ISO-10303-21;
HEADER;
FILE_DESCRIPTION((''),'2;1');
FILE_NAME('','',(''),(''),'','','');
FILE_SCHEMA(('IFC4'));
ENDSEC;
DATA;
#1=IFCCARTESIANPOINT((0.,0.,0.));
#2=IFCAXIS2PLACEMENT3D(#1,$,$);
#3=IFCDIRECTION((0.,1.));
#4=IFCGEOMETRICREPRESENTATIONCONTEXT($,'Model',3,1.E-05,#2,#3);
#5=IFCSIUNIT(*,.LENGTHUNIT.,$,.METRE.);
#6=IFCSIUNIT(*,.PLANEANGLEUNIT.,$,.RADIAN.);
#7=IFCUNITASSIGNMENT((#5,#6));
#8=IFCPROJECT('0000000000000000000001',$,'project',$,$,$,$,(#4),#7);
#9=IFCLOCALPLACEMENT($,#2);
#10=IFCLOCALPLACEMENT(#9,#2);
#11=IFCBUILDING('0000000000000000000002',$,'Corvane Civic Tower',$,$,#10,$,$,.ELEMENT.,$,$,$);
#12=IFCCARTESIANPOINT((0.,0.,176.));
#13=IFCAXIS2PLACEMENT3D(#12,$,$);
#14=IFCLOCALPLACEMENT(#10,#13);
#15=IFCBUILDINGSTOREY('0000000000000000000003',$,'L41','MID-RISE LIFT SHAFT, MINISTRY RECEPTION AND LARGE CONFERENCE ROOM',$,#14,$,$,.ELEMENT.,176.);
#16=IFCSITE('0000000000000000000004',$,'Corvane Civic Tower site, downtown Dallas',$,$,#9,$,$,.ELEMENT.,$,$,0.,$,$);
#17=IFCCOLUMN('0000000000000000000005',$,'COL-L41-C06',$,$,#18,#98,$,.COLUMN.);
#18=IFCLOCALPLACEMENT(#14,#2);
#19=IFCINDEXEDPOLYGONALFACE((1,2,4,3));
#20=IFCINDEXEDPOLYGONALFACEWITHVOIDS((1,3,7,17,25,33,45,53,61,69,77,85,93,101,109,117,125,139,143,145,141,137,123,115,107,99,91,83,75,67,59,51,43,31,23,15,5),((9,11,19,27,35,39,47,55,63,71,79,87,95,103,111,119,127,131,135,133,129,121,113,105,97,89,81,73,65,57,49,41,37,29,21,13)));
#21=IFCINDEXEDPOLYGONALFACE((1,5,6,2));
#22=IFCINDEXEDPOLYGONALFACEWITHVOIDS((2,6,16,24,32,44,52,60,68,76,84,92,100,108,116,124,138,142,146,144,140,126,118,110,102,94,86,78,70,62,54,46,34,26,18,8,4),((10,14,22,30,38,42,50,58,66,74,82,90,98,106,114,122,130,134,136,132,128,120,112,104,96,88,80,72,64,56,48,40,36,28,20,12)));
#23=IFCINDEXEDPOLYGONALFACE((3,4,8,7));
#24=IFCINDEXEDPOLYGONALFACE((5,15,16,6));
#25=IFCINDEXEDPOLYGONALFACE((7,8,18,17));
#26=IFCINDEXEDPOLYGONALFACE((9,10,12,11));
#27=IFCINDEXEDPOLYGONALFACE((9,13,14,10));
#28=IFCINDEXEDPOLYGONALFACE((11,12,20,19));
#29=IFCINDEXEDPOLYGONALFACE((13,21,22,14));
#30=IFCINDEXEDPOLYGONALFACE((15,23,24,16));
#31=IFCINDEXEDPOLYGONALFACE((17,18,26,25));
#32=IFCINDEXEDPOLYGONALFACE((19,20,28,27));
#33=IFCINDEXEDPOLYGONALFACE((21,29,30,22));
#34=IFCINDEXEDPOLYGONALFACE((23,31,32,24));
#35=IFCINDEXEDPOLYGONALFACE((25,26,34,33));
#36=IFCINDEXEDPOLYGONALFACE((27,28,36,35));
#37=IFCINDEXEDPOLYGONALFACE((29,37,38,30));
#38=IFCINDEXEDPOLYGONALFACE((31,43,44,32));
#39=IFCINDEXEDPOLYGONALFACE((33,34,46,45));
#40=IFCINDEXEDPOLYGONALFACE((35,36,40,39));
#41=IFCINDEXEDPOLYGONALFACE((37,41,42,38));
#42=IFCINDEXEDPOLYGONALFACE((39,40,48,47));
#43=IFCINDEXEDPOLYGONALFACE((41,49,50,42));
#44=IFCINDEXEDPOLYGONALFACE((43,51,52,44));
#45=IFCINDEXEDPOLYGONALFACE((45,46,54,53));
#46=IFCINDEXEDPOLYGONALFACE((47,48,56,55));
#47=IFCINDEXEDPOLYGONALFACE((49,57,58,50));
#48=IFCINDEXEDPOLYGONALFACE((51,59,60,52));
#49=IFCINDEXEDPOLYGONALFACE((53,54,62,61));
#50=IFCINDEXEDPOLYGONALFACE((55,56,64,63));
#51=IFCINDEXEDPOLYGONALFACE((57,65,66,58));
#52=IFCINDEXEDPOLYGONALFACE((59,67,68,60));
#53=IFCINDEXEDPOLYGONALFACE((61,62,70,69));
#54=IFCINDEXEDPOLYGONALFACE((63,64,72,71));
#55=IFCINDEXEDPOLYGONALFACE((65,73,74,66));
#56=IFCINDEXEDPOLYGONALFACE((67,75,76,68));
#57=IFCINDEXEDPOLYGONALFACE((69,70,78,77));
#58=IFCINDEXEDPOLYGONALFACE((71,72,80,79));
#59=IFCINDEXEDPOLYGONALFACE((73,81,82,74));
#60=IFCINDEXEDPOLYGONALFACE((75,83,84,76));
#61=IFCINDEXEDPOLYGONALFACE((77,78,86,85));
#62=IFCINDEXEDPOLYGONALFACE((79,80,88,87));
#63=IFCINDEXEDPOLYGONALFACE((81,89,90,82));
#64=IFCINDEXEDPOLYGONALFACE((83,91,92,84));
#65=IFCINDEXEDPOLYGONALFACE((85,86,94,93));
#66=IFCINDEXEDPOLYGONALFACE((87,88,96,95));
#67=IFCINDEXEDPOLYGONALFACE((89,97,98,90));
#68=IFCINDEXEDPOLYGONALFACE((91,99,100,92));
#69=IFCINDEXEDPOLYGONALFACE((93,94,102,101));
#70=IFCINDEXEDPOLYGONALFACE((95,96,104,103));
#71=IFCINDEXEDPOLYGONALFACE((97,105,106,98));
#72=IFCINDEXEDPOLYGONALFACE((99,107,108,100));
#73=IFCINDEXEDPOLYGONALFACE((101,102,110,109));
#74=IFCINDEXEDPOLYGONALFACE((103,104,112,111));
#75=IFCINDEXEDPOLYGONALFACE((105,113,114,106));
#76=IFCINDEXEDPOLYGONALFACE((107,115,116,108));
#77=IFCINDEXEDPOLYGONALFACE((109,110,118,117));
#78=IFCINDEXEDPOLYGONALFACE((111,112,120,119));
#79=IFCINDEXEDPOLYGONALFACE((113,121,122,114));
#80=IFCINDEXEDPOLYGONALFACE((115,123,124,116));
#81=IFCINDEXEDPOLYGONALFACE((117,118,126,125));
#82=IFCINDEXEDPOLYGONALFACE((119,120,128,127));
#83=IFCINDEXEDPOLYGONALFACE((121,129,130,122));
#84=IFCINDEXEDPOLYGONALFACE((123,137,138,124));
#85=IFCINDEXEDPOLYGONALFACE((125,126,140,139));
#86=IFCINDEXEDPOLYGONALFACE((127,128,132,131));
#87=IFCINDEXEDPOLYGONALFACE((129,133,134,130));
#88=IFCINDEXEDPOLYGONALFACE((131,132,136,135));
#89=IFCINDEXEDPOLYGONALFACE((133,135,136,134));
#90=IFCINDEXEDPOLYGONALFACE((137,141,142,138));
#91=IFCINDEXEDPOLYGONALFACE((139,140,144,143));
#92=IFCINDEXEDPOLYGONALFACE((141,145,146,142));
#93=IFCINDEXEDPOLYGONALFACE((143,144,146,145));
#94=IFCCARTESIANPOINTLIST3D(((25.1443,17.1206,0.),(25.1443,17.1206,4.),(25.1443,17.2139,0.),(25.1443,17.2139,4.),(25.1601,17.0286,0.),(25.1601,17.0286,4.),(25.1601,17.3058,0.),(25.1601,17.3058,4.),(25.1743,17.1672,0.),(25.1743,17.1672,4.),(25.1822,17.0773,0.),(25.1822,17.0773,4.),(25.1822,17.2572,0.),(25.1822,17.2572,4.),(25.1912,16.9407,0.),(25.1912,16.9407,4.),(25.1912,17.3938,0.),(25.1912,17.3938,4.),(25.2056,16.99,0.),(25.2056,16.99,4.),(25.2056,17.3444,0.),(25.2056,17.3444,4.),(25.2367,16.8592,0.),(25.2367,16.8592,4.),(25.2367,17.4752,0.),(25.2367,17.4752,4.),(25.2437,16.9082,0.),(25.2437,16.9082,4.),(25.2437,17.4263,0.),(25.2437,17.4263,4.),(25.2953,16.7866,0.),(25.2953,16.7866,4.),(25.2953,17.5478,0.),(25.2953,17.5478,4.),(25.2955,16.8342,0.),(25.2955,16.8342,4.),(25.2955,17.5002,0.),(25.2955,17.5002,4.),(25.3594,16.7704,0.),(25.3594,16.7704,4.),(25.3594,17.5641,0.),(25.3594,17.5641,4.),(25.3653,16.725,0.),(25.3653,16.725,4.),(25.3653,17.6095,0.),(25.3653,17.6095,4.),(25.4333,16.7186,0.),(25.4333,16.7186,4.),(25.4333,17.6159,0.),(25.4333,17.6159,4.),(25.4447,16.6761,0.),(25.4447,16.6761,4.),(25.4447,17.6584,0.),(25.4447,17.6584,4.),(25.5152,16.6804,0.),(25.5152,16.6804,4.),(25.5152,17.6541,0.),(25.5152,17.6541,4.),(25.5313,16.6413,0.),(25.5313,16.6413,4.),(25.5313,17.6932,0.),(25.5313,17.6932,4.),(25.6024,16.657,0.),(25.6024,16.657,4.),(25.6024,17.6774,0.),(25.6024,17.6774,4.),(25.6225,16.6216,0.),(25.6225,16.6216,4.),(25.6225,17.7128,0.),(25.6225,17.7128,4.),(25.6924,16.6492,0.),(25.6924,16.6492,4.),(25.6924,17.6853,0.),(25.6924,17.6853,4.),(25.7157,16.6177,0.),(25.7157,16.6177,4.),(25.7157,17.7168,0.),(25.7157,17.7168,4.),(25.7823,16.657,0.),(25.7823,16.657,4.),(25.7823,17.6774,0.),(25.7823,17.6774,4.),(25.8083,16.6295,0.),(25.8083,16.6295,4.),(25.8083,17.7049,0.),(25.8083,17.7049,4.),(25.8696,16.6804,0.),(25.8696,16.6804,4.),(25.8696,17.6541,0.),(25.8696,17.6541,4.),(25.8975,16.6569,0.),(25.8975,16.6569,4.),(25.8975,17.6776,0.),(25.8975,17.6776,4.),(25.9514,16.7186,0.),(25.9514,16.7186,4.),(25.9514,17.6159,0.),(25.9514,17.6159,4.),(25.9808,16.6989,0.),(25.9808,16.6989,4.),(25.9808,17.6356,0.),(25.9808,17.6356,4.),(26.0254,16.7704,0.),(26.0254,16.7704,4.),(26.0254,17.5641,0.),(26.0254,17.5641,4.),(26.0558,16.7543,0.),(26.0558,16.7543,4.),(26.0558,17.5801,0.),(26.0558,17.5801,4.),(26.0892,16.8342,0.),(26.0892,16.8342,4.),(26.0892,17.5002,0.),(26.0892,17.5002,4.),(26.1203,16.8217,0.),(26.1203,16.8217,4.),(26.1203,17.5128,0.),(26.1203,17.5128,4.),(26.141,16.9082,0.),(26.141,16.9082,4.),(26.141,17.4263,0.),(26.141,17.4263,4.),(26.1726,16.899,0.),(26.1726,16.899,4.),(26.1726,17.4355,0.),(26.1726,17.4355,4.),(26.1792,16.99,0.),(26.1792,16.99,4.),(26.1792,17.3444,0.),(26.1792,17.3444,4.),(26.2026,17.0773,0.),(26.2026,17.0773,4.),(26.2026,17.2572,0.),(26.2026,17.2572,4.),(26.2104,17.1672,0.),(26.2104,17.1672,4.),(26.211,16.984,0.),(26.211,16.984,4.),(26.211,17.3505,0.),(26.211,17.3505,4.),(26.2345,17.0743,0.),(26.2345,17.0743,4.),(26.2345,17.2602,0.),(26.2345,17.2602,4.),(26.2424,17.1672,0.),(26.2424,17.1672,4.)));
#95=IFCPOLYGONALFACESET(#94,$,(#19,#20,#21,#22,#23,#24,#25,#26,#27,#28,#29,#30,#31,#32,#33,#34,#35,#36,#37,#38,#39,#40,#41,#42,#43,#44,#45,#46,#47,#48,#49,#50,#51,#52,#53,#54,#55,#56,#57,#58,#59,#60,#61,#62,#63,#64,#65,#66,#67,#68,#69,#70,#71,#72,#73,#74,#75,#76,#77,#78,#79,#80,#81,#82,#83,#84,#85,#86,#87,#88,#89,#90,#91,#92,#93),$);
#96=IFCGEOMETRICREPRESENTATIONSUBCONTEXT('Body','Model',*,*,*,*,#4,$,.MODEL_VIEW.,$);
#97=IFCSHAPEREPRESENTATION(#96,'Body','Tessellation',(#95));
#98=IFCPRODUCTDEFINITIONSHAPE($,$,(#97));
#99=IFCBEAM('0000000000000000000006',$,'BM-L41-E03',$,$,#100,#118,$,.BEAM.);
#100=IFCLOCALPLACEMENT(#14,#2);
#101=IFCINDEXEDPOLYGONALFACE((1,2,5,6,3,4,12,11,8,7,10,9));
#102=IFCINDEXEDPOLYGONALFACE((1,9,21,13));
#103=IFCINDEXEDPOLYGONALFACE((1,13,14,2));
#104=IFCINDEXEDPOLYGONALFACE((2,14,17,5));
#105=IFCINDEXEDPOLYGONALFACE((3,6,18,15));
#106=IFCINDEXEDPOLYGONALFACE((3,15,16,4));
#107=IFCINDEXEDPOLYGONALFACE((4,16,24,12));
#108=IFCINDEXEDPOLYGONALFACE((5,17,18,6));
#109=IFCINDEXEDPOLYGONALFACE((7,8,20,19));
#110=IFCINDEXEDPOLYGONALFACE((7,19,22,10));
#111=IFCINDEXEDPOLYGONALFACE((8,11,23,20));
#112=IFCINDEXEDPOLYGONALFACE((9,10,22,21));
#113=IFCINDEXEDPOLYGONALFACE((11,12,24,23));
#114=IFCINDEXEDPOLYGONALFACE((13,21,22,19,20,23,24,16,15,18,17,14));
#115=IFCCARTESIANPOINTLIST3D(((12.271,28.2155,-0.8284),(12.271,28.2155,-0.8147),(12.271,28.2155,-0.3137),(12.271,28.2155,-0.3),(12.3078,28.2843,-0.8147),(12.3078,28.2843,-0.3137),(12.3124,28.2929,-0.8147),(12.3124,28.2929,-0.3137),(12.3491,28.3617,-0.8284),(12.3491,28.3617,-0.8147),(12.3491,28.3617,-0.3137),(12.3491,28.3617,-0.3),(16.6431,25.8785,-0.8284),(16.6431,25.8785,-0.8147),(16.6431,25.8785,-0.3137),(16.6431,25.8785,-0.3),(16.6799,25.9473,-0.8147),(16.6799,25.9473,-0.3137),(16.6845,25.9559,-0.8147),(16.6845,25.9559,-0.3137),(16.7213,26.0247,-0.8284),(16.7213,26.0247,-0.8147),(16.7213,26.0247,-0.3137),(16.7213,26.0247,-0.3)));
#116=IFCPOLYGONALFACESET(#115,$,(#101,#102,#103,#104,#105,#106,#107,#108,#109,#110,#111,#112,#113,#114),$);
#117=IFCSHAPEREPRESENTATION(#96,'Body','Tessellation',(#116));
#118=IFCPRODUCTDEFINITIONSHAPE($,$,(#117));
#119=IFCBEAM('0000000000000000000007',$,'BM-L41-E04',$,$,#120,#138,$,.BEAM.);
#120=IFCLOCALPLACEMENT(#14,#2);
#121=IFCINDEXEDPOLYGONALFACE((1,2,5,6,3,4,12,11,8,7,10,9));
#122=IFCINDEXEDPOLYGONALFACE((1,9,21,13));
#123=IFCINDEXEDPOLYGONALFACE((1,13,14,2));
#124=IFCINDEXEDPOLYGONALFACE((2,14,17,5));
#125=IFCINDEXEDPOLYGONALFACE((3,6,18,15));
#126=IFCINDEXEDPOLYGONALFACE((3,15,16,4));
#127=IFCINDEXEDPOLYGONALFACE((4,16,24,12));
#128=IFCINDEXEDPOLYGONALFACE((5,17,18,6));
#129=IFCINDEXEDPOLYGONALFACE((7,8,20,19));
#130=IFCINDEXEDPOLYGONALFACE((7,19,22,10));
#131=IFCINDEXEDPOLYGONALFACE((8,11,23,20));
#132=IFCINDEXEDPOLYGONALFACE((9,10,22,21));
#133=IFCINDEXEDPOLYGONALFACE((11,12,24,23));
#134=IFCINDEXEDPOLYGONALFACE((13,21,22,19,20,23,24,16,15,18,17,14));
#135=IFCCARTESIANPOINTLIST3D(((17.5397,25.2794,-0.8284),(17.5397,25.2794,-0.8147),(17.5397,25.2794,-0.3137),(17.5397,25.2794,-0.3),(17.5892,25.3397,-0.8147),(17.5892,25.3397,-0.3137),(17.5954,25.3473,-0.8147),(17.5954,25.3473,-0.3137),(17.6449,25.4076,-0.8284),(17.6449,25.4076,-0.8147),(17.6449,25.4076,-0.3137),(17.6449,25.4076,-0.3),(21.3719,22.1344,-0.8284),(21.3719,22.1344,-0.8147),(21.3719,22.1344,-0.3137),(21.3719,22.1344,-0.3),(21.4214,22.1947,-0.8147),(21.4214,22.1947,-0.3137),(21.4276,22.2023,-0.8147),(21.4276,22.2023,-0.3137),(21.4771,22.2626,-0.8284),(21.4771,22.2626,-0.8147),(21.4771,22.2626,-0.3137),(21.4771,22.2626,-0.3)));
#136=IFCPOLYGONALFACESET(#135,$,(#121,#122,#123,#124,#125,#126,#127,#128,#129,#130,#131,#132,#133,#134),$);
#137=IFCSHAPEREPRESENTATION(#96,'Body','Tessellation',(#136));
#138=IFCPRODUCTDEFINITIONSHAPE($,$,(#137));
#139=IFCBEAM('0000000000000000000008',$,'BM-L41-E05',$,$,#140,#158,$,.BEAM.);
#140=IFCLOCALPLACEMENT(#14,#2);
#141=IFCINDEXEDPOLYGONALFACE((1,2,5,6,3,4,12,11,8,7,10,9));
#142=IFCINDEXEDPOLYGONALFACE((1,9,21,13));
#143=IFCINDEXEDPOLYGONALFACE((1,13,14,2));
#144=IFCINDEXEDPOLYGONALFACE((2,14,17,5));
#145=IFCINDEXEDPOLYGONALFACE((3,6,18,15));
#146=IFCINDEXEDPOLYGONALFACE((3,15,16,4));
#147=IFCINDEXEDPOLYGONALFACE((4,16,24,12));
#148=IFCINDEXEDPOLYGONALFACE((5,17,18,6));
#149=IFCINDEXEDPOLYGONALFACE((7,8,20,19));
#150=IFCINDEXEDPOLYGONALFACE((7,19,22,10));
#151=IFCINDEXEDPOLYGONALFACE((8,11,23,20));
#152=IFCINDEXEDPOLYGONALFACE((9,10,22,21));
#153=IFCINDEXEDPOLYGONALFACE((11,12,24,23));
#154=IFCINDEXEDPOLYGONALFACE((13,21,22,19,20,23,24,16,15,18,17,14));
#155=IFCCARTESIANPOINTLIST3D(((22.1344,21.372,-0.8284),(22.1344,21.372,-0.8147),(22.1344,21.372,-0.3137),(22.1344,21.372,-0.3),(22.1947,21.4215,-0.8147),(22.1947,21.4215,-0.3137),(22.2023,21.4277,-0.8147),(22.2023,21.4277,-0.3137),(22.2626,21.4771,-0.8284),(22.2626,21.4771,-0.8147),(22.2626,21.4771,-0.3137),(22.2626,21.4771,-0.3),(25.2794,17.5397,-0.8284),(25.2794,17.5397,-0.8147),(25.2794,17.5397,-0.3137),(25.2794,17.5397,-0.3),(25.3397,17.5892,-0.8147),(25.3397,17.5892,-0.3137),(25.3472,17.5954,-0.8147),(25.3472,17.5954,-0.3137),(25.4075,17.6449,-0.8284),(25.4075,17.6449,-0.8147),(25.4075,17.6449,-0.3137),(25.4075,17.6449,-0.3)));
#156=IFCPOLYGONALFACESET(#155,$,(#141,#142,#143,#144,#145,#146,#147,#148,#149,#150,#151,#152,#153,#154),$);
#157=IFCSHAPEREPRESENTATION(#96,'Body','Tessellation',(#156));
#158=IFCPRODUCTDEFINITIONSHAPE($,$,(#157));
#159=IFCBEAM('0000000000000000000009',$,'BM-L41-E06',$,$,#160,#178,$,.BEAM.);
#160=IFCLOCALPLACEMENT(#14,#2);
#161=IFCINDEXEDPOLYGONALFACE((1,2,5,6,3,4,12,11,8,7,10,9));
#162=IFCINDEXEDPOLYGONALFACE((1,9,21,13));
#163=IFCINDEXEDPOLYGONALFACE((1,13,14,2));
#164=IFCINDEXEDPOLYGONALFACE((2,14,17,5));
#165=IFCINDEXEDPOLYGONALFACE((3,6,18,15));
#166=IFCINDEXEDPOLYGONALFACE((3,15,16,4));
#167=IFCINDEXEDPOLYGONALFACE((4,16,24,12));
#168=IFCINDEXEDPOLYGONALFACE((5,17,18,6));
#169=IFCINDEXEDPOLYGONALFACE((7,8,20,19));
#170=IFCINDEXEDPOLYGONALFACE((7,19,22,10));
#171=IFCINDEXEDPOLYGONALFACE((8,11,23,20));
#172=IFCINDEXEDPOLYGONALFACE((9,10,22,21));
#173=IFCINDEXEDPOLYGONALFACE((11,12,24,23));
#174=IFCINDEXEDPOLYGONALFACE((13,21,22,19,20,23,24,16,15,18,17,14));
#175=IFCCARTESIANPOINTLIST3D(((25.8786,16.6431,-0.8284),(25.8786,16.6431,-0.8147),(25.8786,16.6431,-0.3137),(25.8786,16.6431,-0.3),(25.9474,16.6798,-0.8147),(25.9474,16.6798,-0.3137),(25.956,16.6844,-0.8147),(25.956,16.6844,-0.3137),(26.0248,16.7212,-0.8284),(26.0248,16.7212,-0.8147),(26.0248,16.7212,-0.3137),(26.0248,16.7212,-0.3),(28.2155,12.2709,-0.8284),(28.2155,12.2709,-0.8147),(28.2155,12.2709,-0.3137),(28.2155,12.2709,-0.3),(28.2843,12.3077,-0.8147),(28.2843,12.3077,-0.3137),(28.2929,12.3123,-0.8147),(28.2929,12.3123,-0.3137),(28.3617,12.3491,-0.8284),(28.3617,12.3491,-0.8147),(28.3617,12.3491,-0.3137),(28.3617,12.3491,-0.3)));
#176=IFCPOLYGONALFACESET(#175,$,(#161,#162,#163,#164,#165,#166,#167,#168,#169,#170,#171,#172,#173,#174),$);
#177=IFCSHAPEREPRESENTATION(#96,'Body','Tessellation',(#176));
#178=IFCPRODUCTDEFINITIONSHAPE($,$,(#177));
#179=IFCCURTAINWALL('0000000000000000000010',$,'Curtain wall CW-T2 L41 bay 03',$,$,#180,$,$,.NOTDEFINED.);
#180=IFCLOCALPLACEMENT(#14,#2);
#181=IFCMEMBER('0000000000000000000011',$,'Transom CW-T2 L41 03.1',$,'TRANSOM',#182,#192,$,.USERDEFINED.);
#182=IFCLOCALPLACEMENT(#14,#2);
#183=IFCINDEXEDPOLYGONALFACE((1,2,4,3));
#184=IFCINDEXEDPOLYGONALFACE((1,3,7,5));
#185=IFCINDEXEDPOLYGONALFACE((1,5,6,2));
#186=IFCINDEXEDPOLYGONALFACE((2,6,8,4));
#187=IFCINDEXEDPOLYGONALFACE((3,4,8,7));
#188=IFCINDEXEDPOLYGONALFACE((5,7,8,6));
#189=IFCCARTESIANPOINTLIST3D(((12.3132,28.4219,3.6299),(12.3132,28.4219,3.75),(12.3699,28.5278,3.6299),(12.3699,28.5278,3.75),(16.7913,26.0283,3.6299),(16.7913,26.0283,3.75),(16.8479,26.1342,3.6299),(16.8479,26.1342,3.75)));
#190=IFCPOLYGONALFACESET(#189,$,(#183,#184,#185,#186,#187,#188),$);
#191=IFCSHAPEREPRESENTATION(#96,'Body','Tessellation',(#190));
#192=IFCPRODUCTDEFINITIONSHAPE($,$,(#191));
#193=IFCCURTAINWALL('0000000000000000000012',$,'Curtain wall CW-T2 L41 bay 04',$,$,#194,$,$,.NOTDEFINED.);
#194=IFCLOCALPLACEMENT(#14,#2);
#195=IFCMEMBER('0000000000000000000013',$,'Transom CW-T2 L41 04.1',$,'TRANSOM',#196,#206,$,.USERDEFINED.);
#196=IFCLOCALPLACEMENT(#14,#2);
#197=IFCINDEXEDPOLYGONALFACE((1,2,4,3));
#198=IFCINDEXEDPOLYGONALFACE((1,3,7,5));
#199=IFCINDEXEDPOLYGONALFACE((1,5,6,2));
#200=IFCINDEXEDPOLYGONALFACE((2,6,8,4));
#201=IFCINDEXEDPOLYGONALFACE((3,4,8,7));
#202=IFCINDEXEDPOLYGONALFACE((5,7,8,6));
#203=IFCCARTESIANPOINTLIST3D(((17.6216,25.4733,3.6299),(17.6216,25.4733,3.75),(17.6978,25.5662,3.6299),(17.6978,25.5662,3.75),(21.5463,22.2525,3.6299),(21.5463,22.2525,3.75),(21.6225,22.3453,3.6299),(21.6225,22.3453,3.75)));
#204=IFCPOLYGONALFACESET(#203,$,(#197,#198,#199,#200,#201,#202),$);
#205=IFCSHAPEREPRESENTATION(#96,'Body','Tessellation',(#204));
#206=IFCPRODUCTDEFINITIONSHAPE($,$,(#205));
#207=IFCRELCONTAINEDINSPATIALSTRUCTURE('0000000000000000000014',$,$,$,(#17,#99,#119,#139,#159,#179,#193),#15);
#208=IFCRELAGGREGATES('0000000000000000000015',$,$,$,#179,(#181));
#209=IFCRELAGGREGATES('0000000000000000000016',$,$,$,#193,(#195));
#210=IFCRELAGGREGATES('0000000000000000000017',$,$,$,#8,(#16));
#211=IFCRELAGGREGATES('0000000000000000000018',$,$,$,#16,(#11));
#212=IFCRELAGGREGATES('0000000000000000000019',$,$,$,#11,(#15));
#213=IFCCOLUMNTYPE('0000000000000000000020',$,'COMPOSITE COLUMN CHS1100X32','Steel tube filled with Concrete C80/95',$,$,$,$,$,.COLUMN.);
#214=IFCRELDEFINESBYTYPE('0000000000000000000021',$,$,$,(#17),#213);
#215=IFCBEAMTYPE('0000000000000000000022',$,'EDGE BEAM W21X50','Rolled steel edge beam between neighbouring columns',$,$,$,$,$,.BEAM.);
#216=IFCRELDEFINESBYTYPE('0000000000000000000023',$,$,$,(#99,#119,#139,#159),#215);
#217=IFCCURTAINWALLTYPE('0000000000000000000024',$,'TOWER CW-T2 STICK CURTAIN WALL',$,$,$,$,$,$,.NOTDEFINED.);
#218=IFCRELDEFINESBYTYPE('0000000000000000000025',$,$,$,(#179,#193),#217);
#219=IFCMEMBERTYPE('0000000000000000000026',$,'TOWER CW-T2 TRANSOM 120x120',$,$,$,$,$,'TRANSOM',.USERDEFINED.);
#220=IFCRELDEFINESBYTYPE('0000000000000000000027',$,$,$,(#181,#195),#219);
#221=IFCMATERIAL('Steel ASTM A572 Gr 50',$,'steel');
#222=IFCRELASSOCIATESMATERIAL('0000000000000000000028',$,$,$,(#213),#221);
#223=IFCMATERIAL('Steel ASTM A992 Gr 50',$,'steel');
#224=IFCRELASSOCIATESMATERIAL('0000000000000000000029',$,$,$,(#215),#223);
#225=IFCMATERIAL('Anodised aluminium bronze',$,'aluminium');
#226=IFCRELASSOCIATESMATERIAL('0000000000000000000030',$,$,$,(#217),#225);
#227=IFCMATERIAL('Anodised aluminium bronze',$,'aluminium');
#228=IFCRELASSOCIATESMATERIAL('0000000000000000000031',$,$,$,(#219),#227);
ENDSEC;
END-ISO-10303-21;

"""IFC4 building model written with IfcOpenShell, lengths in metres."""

from ifc_helpers import new_model, si_unit, direction, frame, origin, origin_2d, place, context, subcontext, project, spatial, rectangle, hollow_circle, i_section, extrude, material, material_profile, profile_set, type_object, element, aggregate, save


model = new_model("IFC4")

# Units and contexts
model_context = context("Model", 3, precision=1e-05, world=origin(), true_north=direction((0.0, 1.0)))
body_context = subcontext(model_context, "Body", "Model", "MODEL_VIEW")
ifc_project = project(units=[si_unit("LENGTHUNIT", "METRE"), si_unit("PLANEANGLEUNIT", "RADIAN")], contexts=[model_context])

# Site, building, storey
site_placement = place(None, origin())
site = spatial("IfcSite", under=ifc_project, at=site_placement, Name="Corvane Civic Tower site, downtown Dallas", CompositionType="ELEMENT", RefElevation=0.0)
building_placement = place(site_placement, origin())
building = spatial("IfcBuilding", under=site, at=building_placement, Name="Corvane Civic Tower", CompositionType="ELEMENT")
storey_placement = place(building_placement, frame((0.0, 0.0, 176.0)))
storey = spatial("IfcBuildingStorey", under=building, at=storey_placement, Name="L41", Description="MID-RISE LIFT SHAFT, MINISTRY RECEPTION AND LARGE CONFERENCE ROOM", CompositionType="ELEMENT", Elevation=176.0)

# Column
ifc_material_1 = material(Name="Steel ASTM A572 Gr 50", Category="steel")
ifc_material_profile_1 = material_profile(ifc_material_1, hollow_circle(Radius=0.55, WallThickness=0.032, at=origin_2d()), Name="CHS1100X32")
ifc_profile_set_1 = profile_set([ifc_material_profile_1], Name="Steel ASTM A572 Gr 50")
column_type = type_object("IfcColumnType", Name="COMPOSITE COLUMN CHS1100X32", Description="Steel tube filled with Concrete C80/95", PredefinedType="COLUMN", material=ifc_profile_set_1)
for number, where, z_axis, x_axis, name in (
    (1, (25.6924, 17.1672, 0.0), (0.0, 0.0, 1.0), (1.0, 0.0, 0.0), "COL-L41-C06"),
):
    element("IfcColumn", number, at=place(storey_placement, frame(where, z_axis=z_axis, x_axis=x_axis)), inside=storey, type_object=column_type, Name=name, PredefinedType="COLUMN", context=body_context, shape_type="SweptSolid", body=[
        extrude(hollow_circle(Radius=0.55, WallThickness=0.032, at=origin_2d()), origin(), (0.0, 0.0, 1.0), 4.0),
    ])

# Beams
ifc_material_2 = material(Name="Steel ASTM A992 Gr 50", Category="steel")
ifc_material_profile_2 = material_profile(ifc_material_2, i_section(OverallWidth=0.1658, OverallDepth=0.5283, WebThickness=0.0098, FlangeThickness=0.0137, at=origin_2d()), Name="W21X50")
ifc_profile_set_2 = profile_set([ifc_material_profile_2], Name="Steel ASTM A992 Gr 50")
beam_type = type_object("IfcBeamType", Name="EDGE BEAM W21X50", Description="Rolled steel edge beam between neighbouring columns", PredefinedType="BEAM", material=ifc_profile_set_2)
for number, where, z_axis, x_axis, name in (
    (2, (12.3101, 28.2886, -0.5642), (0.881922, -0.471396, 0.0), (0.471396, 0.881922, 0.0), "BM-L41-E03"),
    (3, (17.5923, 25.3435, -0.5642), (0.773015, -0.634388, 0.0), (0.634388, 0.773015, 0.0), "BM-L41-E04"),
    (4, (22.1985, 21.4246, -0.5642), (0.634388, -0.773015, 0.0), (0.773015, 0.634388, 0.0), "BM-L41-E05"),
    (5, (25.9517, 16.6821, -0.5642), (0.471396, -0.881922, 0.0), (0.881922, 0.471396, 0.0), "BM-L41-E06"),
):
    element("IfcBeam", number, at=place(storey_placement, frame(where, z_axis=z_axis, x_axis=x_axis)), inside=storey, type_object=beam_type, Name=name, PredefinedType="BEAM", context=body_context, shape_type="SweptSolid", body=[
        extrude(i_section(OverallWidth=0.1658, OverallDepth=0.5283, WebThickness=0.0098, FlangeThickness=0.0137, at=origin_2d()), origin(), (0.0, 0.0, 1.0), 4.9575),
    ])

# Curtain walls, members
ifc_material_3 = material(Name="Anodised aluminium bronze", Category="aluminium")
curtain_wall_type = type_object("IfcCurtainWallType", Name="TOWER CW-T2 STICK CURTAIN WALL", PredefinedType="NOTDEFINED", material=ifc_material_3)
curtain_wall_1_placement = place(storey_placement, origin())
curtain_wall_1 = element("IfcCurtainWall", 6, at=curtain_wall_1_placement, inside=storey, type_object=curtain_wall_type, Name="Curtain wall CW-T2 L41 bay 03", PredefinedType="NOTDEFINED")
ifc_material_4 = material(Name="Anodised aluminium bronze", Category="aluminium")
ifc_material_profile_3 = material_profile(ifc_material_4, rectangle(XDim=0.1201, YDim=0.1201, at=origin_2d()), Name="TOWER CW-T2 TRANSOM 120x120")
ifc_profile_set_3 = profile_set([ifc_material_profile_3], Name="Anodised aluminium bronze")
member_type = type_object("IfcMemberType", Name="TOWER CW-T2 TRANSOM 120x120", ElementType="TRANSOM", PredefinedType="USERDEFINED", material=ifc_profile_set_3)
member_1_placement = place(storey_placement, frame((12.3416, 28.4749, 3.6899), z_axis=(0.881921, -0.471397, 0.0), x_axis=(0.471397, 0.881921, 0.0)))
member_1 = element("IfcMember", 7, at=member_1_placement, type_object=member_type, Name="Transom CW-T2 L41 03.1", ObjectType="TRANSOM", PredefinedType="USERDEFINED", context=body_context, shape_type="SweptSolid", body=[
    extrude(rectangle(XDim=0.1201, YDim=0.1201, at=origin_2d()), origin(), (0.0, 0.0, 1.0), 5.0776),
])
curtain_wall_2_placement = place(storey_placement, origin())
curtain_wall_2 = element("IfcCurtainWall", 8, at=curtain_wall_2_placement, inside=storey, type_object=curtain_wall_type, Name="Curtain wall CW-T2 L41 bay 04", PredefinedType="NOTDEFINED")
member_2_placement = place(storey_placement, frame((17.6597, 25.5198, 3.6899), z_axis=(0.773016, -0.634387, 0.0), x_axis=(0.634387, 0.773016, 0.0)))
member_2 = element("IfcMember", 9, at=member_2_placement, type_object=member_type, Name="Transom CW-T2 L41 04.1", ObjectType="TRANSOM", PredefinedType="USERDEFINED", context=body_context, shape_type="SweptSolid", body=[
    extrude(rectangle(XDim=0.1201, YDim=0.1201, at=origin_2d()), origin(), (0.0, 0.0, 1.0), 5.0771),
])

aggregate(curtain_wall_1, [member_1])
aggregate(curtain_wall_2, [member_2])

save(model, "model.ifc")
